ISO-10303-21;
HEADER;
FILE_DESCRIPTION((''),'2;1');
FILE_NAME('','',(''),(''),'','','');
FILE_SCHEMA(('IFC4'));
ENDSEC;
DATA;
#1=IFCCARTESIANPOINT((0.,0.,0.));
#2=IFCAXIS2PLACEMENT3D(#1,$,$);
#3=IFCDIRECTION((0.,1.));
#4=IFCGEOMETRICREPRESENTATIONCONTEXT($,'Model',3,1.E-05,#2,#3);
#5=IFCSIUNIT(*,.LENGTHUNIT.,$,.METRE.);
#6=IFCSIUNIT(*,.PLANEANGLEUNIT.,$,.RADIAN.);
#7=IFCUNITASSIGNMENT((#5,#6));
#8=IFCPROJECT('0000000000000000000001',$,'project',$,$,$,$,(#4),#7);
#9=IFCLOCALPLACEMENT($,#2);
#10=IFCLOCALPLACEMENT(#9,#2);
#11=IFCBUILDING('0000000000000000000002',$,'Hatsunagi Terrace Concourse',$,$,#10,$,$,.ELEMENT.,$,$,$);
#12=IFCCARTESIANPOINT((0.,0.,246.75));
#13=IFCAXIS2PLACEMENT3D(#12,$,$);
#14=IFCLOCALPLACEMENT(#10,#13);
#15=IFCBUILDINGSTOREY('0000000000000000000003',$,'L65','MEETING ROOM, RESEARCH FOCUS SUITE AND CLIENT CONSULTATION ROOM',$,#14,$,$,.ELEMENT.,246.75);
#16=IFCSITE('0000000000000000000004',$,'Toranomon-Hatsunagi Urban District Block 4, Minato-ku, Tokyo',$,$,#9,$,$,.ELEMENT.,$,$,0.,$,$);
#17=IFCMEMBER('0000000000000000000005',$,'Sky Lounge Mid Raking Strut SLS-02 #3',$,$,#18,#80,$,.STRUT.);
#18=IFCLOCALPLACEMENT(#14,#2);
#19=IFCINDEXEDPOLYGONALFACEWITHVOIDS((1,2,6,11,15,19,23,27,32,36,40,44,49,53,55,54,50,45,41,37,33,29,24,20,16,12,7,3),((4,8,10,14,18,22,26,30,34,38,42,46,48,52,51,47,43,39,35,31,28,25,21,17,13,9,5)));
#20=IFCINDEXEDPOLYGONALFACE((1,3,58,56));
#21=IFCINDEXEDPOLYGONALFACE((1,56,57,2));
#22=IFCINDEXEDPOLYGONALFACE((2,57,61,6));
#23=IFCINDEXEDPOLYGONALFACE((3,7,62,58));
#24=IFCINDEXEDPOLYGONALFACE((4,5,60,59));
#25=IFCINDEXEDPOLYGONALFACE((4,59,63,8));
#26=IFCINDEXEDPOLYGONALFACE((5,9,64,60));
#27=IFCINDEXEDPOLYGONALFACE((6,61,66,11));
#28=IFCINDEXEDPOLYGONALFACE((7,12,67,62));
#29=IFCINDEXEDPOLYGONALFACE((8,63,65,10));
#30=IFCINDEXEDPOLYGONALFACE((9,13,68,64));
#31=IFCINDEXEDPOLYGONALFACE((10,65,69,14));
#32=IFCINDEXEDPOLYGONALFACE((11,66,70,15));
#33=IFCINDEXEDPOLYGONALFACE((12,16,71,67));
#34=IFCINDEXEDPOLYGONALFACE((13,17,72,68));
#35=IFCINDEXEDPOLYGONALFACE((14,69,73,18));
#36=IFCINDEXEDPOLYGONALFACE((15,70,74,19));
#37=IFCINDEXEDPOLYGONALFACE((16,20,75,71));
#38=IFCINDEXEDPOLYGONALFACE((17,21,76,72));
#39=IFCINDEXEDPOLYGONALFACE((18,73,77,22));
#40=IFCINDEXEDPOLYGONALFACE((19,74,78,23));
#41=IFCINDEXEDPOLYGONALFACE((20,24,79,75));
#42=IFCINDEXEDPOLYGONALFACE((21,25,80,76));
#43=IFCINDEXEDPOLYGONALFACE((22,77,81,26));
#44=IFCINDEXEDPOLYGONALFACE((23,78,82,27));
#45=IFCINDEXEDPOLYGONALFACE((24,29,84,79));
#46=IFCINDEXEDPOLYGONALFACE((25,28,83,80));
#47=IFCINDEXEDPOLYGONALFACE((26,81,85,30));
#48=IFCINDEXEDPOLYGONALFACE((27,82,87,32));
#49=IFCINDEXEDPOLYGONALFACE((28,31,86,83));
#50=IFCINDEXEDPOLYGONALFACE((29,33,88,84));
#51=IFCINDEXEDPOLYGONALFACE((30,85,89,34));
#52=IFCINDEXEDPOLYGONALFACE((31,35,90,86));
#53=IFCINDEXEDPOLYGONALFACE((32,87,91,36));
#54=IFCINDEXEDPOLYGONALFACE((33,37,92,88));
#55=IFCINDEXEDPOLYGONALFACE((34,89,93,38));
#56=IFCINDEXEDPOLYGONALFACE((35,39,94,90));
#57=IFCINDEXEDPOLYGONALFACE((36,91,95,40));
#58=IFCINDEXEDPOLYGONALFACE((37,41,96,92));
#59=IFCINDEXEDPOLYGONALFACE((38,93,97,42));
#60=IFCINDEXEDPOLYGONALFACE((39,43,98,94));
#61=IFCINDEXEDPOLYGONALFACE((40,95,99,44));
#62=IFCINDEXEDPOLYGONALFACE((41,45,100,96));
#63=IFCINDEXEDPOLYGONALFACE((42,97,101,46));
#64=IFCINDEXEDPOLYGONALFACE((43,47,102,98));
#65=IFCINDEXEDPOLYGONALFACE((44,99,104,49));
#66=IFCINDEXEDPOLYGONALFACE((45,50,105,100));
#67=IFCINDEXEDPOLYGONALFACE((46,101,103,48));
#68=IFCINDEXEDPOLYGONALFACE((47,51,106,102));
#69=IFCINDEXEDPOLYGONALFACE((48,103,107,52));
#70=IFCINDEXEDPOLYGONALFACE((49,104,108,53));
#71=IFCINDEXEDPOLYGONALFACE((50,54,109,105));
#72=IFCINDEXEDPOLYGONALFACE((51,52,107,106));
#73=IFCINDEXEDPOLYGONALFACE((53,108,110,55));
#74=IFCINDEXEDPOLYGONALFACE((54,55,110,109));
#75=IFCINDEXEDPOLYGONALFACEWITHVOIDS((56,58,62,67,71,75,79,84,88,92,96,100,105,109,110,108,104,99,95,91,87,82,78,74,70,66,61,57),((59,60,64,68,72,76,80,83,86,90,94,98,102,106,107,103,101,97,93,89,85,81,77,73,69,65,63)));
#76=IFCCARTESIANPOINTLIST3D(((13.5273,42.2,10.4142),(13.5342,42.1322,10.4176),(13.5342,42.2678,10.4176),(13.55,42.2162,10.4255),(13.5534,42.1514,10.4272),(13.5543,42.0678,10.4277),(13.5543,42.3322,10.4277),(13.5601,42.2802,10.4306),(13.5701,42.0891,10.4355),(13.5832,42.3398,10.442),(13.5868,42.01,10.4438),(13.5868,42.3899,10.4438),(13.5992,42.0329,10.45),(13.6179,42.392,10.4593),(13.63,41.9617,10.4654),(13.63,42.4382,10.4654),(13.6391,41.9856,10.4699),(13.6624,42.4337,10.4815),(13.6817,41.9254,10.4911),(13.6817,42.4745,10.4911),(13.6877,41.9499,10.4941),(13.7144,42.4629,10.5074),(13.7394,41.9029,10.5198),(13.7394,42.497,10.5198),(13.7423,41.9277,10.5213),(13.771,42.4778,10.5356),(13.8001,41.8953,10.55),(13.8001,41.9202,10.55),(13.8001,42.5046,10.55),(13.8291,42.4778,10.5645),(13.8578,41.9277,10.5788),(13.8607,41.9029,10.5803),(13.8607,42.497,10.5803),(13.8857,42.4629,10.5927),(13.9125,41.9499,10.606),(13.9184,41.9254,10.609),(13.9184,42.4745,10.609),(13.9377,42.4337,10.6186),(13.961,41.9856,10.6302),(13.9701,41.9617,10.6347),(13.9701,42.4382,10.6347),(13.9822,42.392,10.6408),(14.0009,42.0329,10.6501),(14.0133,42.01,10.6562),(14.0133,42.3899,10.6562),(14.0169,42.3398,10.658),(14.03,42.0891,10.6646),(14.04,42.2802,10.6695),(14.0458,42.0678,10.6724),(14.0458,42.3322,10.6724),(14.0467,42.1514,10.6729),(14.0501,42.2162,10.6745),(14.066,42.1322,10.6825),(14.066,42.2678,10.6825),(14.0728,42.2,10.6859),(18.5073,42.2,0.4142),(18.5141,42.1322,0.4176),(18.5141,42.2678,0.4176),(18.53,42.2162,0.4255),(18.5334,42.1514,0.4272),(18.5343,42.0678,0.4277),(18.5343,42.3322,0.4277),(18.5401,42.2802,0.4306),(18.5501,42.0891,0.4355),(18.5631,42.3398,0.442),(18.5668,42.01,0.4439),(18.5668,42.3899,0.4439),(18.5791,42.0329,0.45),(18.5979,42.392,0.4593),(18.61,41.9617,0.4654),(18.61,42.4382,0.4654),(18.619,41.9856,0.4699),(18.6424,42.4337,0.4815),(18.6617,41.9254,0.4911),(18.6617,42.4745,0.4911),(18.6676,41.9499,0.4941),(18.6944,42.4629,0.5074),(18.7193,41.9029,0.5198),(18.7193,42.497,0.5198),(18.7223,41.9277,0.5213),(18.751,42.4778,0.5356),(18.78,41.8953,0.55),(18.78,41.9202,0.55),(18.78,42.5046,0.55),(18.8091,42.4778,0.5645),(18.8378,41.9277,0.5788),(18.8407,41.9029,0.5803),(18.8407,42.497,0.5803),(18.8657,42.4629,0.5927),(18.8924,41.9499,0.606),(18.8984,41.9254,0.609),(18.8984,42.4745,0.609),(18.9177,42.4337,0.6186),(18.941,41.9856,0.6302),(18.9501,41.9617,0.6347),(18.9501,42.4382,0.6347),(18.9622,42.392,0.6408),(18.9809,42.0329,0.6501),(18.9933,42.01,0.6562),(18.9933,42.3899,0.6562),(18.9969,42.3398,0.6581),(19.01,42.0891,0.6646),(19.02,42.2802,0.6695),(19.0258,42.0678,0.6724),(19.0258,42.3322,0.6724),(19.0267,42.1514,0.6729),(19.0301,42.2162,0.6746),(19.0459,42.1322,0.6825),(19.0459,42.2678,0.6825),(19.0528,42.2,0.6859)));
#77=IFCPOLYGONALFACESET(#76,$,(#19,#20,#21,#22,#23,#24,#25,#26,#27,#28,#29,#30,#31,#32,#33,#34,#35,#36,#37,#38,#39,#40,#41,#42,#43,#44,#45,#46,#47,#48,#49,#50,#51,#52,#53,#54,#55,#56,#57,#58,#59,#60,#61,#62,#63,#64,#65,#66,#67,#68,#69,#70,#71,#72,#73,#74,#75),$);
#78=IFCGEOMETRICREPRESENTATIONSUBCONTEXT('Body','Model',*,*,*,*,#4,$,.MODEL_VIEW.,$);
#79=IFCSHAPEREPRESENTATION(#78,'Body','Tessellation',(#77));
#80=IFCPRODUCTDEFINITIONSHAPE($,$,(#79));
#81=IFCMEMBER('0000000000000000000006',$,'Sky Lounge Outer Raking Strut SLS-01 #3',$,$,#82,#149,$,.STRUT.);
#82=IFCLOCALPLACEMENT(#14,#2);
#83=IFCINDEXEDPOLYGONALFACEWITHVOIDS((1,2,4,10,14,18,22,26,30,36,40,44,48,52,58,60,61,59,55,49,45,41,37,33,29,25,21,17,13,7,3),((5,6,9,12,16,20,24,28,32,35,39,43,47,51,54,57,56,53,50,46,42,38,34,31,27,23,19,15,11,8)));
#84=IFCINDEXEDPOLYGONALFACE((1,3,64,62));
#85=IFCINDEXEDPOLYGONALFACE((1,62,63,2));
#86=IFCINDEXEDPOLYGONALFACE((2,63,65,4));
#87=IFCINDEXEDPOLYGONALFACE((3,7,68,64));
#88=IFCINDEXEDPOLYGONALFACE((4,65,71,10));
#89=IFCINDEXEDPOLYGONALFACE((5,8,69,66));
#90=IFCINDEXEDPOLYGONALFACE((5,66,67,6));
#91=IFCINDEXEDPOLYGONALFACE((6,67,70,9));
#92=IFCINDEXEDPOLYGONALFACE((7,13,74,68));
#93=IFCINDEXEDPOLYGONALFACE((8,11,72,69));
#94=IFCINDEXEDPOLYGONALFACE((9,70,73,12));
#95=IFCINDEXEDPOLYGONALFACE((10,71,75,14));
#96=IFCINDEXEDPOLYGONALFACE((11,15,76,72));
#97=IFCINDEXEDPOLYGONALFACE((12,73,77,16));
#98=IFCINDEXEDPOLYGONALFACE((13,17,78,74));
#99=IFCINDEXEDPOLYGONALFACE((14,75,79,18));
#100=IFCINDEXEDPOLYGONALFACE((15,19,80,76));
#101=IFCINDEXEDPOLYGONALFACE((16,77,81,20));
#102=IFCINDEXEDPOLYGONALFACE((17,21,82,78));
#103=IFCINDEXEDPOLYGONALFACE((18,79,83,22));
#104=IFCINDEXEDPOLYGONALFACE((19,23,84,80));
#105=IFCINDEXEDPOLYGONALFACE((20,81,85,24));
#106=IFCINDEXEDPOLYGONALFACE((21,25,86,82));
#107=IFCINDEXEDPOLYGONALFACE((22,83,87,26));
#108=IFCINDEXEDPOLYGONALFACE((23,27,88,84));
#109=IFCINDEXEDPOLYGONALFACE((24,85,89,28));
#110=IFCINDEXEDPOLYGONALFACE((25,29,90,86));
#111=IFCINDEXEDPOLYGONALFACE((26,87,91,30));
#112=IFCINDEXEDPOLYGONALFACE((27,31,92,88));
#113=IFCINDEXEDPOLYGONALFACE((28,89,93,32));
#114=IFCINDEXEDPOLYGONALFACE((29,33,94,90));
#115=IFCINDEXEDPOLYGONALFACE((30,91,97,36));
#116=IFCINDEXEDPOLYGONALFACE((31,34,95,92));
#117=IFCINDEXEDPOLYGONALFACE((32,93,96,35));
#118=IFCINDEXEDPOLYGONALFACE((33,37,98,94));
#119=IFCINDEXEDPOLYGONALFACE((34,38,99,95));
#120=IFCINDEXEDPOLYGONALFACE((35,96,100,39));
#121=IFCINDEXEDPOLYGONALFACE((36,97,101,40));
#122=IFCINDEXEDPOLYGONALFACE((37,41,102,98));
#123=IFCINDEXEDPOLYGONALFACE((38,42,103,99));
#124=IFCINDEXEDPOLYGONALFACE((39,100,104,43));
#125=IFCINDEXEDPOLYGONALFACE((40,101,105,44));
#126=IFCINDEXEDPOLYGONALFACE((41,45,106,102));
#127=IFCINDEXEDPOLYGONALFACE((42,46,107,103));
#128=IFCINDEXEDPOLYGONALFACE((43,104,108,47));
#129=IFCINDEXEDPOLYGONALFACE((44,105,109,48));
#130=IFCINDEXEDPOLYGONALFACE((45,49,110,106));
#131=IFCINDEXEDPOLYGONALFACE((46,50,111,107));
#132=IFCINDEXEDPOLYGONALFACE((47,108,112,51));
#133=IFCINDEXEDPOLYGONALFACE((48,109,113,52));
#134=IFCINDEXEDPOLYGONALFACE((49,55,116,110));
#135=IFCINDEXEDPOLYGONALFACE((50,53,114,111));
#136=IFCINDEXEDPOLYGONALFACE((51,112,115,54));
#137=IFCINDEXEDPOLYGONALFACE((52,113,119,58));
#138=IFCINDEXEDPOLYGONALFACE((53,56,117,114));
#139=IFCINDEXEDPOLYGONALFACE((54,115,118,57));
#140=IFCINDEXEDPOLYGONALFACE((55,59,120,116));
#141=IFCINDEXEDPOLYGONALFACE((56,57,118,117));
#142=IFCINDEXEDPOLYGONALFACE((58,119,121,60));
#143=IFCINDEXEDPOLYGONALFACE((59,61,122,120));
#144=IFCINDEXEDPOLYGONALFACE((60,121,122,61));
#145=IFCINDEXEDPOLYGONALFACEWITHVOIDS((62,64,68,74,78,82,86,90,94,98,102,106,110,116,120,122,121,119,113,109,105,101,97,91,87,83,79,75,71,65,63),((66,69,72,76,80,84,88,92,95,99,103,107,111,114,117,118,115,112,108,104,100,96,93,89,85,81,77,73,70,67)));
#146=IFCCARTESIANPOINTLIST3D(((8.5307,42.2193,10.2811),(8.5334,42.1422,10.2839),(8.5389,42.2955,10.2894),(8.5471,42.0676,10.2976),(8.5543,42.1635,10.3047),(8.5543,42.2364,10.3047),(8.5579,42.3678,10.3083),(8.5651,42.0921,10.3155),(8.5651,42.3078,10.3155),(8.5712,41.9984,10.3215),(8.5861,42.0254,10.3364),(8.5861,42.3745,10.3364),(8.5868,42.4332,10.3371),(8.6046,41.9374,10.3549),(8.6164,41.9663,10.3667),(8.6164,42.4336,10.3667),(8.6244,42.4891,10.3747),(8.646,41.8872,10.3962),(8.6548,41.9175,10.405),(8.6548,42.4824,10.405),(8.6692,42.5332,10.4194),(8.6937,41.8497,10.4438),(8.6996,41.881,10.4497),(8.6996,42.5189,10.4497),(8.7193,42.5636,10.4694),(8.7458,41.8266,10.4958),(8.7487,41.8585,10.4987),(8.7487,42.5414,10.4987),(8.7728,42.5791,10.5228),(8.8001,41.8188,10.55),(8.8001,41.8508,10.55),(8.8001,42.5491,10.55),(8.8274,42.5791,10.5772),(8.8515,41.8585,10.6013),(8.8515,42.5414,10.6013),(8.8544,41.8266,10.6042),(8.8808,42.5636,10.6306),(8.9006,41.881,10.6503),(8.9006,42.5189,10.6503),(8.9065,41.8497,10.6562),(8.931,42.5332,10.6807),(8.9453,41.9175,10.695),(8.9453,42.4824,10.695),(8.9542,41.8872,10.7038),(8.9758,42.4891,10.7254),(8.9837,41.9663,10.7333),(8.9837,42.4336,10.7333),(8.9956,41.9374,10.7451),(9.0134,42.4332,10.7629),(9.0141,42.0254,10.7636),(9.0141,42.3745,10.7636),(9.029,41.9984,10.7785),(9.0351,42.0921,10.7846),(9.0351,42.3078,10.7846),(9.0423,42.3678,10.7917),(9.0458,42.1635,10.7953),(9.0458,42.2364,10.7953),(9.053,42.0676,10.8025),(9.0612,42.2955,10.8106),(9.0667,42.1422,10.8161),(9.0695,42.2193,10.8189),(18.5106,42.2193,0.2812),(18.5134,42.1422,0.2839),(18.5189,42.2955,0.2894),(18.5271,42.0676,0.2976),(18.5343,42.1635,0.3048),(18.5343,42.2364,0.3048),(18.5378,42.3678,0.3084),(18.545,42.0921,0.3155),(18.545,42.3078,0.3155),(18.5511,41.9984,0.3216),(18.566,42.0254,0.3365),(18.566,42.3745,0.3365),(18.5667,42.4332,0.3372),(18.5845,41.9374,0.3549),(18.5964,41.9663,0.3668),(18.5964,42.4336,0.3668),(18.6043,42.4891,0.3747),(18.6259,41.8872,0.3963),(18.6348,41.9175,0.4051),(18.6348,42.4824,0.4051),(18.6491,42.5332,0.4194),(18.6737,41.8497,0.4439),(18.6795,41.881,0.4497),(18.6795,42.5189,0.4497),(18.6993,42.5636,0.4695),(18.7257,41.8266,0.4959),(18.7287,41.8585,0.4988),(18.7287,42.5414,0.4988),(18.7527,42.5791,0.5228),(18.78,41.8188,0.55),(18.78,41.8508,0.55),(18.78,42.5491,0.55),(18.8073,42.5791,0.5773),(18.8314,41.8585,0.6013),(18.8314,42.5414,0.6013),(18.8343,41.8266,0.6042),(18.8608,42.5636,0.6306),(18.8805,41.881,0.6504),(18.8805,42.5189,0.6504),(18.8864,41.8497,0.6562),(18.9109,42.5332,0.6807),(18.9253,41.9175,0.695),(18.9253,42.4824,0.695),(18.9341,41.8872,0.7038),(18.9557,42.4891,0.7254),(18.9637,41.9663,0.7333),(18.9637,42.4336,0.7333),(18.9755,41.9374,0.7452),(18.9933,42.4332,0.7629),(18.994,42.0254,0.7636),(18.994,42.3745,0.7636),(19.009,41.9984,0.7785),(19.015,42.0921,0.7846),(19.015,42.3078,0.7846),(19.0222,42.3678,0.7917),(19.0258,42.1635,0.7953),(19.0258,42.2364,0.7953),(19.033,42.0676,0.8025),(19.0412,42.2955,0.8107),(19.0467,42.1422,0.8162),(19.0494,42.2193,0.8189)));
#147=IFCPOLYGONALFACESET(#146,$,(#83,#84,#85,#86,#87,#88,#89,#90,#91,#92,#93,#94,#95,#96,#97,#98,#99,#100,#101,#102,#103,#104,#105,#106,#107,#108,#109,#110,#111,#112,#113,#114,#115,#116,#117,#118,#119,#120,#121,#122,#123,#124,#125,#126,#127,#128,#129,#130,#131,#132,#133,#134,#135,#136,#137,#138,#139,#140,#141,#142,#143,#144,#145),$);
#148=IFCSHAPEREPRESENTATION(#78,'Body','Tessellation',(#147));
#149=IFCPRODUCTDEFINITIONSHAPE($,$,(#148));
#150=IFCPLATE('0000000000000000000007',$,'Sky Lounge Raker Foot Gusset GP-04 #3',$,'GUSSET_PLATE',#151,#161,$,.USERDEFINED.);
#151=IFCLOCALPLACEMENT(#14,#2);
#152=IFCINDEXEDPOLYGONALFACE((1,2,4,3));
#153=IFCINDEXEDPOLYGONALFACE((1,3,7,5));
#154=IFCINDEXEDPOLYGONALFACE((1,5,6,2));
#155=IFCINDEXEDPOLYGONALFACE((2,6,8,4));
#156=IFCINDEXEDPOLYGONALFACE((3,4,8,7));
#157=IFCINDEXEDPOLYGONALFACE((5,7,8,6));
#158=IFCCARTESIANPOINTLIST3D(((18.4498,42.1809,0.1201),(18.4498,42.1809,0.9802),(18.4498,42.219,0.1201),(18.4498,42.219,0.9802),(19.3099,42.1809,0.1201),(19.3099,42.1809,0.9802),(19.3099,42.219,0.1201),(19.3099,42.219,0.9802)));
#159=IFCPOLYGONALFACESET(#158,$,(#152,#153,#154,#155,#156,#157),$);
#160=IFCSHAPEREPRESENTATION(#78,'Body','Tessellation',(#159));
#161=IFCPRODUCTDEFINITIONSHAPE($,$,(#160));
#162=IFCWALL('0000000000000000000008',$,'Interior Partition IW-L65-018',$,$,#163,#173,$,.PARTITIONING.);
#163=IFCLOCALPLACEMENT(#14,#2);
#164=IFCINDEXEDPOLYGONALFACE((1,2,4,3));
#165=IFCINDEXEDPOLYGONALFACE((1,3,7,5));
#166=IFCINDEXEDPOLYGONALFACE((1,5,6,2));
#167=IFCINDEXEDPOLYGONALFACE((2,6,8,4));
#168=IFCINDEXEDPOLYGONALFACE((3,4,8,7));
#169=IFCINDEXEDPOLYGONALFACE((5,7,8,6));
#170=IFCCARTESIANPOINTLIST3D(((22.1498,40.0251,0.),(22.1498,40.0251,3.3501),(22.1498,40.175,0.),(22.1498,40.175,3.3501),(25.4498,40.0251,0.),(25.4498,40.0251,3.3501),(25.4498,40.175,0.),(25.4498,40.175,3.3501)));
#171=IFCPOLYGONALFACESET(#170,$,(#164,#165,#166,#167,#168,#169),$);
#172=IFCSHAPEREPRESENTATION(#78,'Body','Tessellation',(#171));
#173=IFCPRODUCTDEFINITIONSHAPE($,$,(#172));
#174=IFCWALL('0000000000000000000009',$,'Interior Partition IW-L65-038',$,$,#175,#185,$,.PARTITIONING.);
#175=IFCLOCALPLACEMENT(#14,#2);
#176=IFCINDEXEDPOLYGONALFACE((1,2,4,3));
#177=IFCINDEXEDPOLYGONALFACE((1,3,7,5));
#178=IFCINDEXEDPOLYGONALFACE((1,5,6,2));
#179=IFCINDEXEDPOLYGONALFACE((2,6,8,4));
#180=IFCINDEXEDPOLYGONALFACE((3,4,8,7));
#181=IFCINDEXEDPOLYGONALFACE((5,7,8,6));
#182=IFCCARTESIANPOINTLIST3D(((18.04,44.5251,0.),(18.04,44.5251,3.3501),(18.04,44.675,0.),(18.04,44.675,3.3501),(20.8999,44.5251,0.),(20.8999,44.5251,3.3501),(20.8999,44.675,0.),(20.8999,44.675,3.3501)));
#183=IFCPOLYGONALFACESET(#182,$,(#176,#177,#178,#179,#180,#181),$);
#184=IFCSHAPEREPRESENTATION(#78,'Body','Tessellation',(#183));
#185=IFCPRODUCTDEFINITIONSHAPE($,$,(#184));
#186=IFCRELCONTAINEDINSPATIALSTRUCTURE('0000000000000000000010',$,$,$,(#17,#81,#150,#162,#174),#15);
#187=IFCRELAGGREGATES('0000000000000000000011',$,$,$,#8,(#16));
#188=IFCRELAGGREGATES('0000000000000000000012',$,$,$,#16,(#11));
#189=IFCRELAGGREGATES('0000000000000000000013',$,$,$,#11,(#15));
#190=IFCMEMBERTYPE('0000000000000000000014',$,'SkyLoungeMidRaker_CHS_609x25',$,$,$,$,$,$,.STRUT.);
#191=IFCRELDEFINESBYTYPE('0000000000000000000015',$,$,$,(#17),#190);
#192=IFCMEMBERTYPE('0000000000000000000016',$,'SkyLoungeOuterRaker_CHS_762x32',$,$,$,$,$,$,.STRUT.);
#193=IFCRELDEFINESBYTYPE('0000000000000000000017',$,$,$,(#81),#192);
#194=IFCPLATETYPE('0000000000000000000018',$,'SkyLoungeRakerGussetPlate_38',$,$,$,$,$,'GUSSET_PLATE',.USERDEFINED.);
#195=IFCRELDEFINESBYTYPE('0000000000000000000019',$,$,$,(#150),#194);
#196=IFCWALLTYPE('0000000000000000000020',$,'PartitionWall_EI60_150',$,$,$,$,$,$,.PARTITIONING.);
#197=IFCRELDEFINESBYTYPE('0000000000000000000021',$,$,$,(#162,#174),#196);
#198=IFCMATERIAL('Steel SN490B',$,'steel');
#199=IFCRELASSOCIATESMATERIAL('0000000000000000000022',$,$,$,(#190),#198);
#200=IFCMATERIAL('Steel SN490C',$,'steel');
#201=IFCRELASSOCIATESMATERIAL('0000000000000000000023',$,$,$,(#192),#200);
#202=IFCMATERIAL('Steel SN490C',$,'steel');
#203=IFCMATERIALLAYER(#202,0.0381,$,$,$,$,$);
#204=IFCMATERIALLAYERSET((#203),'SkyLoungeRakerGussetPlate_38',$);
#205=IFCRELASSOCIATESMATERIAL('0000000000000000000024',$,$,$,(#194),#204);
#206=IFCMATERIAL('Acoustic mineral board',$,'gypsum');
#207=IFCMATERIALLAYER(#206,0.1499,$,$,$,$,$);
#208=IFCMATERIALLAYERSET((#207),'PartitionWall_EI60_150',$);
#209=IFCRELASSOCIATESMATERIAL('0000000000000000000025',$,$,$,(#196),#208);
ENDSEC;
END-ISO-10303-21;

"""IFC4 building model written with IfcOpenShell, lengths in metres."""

from ifc_helpers import new_model, si_unit, direction, frame, frame_2d, origin, origin_2d, place, context, subcontext, project, spatial, rectangle, hollow_circle, extrude, material, layer, layer_set, material_profile, profile_set, type_object, element, save


model = new_model("IFC4")

# Units and contexts
model_context = context("Model", 3, precision=1e-05, world=origin(), true_north=direction((0.0, 1.0)))
body_context = subcontext(model_context, "Body", "Model", "MODEL_VIEW")
ifc_project = project(units=[si_unit("LENGTHUNIT", "METRE"), si_unit("PLANEANGLEUNIT", "RADIAN")], contexts=[model_context])

# Site, building, storey
site_placement = place(None, origin())
site = spatial("IfcSite", under=ifc_project, at=site_placement, Name="Toranomon-Hatsunagi Urban District Block 4, Minato-ku, Tokyo", CompositionType="ELEMENT", RefElevation=0.0)
building_placement = place(site_placement, origin())
building = spatial("IfcBuilding", under=site, at=building_placement, Name="Hatsunagi Terrace Concourse", CompositionType="ELEMENT")
storey_placement = place(building_placement, frame((0.0, 0.0, 246.75)))
storey = spatial("IfcBuildingStorey", under=building, at=storey_placement, Name="L65", Description="MEETING ROOM, RESEARCH FOCUS SUITE AND CLIENT CONSULTATION ROOM", CompositionType="ELEMENT", Elevation=246.75)

# Members
ifc_material_1 = material(Name="Steel SN490B", Category="steel")
ifc_material_profile_1 = material_profile(ifc_material_1, hollow_circle(Radius=0.3047, WallThickness=0.0249, at=origin_2d()), Name="CHS-609.6x25")
ifc_profile_set_1 = profile_set([ifc_material_profile_1], Name="Steel SN490B")
member_type_1 = type_object("IfcMemberType", Name="SkyLoungeMidRaker_CHS_609x25", PredefinedType="STRUT", material=ifc_profile_set_1)
member_1_placement = place(storey_placement, frame((18.78, 42.2, 0.55), z_axis=(-0.445779, 0.0, 0.895143), x_axis=(0.0, -1.0, 0.0)))
element("IfcMember", 1, at=member_1_placement, inside=storey, type_object=member_type_1, Name="Sky Lounge Mid Raking Strut SLS-02 #3", PredefinedType="STRUT", context=body_context, shape_type="SweptSolid", body=[
    extrude(hollow_circle(Radius=0.3047, WallThickness=0.0249, at=origin_2d()), origin(), (0.0, 0.0, 1.0), 11.1714),
])
ifc_material_2 = material(Name="Steel SN490C", Category="steel")
ifc_material_profile_2 = material_profile(ifc_material_2, hollow_circle(Radius=0.3811, WallThickness=0.032, at=origin_2d()), Name="CHS-762x32")
ifc_profile_set_2 = profile_set([ifc_material_profile_2], Name="Steel SN490C")
member_type_2 = type_object("IfcMemberType", Name="SkyLoungeOuterRaker_CHS_762x32", PredefinedType="STRUT", material=ifc_profile_set_2)
member_2_placement = place(storey_placement, frame((18.78, 42.2, 0.55), z_axis=(-0.706398, 0.0, 0.707815), x_axis=(0.0, -1.0, 0.0)))
element("IfcMember", 2, at=member_2_placement, inside=storey, type_object=member_type_2, Name="Sky Lounge Outer Raking Strut SLS-01 #3", PredefinedType="STRUT", context=body_context, shape_type="SweptSolid", body=[
    extrude(hollow_circle(Radius=0.3811, WallThickness=0.032, at=origin_2d()), origin(), (0.0, 0.0, 1.0), 14.1279),
])

# Plate
ifc_material_3 = material(Name="Steel SN490C", Category="steel")
ifc_layer_1 = layer(ifc_material_3, 0.0381)
ifc_layer_set_1 = layer_set([ifc_layer_1], Name="SkyLoungeRakerGussetPlate_38")
plate_type = type_object("IfcPlateType", Name="SkyLoungeRakerGussetPlate_38", ElementType="GUSSET_PLATE", PredefinedType="USERDEFINED", material=ifc_layer_set_1)
plate_placement = place(storey_placement, frame((18.8799, 42.2, 0.1201), z_axis=(0.0, 0.0, 1.0), x_axis=(1.0, 0.0, 0.0)))
element("IfcPlate", 3, at=plate_placement, inside=storey, type_object=plate_type, Name="Sky Lounge Raker Foot Gusset GP-04 #3", ObjectType="GUSSET_PLATE", PredefinedType="USERDEFINED", context=body_context, shape_type="SweptSolid", body=[
    extrude(rectangle(XDim=0.8601, YDim=0.0381, at=origin_2d()), origin(), (0.0, 0.0, 1.0), 0.8601),
])

# Walls
ifc_material_4 = material(Name="Acoustic mineral board", Category="gypsum")
ifc_layer_2 = layer(ifc_material_4, 0.1499)
ifc_layer_set_2 = layer_set([ifc_layer_2], Name="PartitionWall_EI60_150")
wall_type_1 = type_object("IfcWallType", Name="PartitionWall_EI60_150", PredefinedType="PARTITIONING", material=ifc_layer_set_2)
wall_1_placement = place(storey_placement, frame((22.1499, 40.1001, 0.0), z_axis=(0.0, 0.0, 1.0), x_axis=(1.0, 0.0, 0.0)))
element("IfcWall", 4, at=wall_1_placement, inside=storey, type_object=wall_type_1, Name="Interior Partition IW-L65-018", PredefinedType="PARTITIONING", context=body_context, shape_type="SweptSolid", body=[
    extrude(rectangle(XDim=3.3, YDim=0.1499, at=frame_2d((1.6499, 0.0))), origin(), (0.0, 0.0, 1.0), 3.3501),
])
wall_2_placement = place(storey_placement, frame((18.04, 44.6001, 0.0), z_axis=(0.0, 0.0, 1.0), x_axis=(1.0, 0.0, 0.0)))
element("IfcWall", 5, at=wall_2_placement, inside=storey, type_object=wall_type_1, Name="Interior Partition IW-L65-038", PredefinedType="PARTITIONING", context=body_context, shape_type="SweptSolid", body=[
    extrude(rectangle(XDim=2.8599, YDim=0.1499, at=frame_2d((1.4299, 0.0))), origin(), (0.0, 0.0, 1.0), 3.3501),
])

save(model, "model.ifc")
